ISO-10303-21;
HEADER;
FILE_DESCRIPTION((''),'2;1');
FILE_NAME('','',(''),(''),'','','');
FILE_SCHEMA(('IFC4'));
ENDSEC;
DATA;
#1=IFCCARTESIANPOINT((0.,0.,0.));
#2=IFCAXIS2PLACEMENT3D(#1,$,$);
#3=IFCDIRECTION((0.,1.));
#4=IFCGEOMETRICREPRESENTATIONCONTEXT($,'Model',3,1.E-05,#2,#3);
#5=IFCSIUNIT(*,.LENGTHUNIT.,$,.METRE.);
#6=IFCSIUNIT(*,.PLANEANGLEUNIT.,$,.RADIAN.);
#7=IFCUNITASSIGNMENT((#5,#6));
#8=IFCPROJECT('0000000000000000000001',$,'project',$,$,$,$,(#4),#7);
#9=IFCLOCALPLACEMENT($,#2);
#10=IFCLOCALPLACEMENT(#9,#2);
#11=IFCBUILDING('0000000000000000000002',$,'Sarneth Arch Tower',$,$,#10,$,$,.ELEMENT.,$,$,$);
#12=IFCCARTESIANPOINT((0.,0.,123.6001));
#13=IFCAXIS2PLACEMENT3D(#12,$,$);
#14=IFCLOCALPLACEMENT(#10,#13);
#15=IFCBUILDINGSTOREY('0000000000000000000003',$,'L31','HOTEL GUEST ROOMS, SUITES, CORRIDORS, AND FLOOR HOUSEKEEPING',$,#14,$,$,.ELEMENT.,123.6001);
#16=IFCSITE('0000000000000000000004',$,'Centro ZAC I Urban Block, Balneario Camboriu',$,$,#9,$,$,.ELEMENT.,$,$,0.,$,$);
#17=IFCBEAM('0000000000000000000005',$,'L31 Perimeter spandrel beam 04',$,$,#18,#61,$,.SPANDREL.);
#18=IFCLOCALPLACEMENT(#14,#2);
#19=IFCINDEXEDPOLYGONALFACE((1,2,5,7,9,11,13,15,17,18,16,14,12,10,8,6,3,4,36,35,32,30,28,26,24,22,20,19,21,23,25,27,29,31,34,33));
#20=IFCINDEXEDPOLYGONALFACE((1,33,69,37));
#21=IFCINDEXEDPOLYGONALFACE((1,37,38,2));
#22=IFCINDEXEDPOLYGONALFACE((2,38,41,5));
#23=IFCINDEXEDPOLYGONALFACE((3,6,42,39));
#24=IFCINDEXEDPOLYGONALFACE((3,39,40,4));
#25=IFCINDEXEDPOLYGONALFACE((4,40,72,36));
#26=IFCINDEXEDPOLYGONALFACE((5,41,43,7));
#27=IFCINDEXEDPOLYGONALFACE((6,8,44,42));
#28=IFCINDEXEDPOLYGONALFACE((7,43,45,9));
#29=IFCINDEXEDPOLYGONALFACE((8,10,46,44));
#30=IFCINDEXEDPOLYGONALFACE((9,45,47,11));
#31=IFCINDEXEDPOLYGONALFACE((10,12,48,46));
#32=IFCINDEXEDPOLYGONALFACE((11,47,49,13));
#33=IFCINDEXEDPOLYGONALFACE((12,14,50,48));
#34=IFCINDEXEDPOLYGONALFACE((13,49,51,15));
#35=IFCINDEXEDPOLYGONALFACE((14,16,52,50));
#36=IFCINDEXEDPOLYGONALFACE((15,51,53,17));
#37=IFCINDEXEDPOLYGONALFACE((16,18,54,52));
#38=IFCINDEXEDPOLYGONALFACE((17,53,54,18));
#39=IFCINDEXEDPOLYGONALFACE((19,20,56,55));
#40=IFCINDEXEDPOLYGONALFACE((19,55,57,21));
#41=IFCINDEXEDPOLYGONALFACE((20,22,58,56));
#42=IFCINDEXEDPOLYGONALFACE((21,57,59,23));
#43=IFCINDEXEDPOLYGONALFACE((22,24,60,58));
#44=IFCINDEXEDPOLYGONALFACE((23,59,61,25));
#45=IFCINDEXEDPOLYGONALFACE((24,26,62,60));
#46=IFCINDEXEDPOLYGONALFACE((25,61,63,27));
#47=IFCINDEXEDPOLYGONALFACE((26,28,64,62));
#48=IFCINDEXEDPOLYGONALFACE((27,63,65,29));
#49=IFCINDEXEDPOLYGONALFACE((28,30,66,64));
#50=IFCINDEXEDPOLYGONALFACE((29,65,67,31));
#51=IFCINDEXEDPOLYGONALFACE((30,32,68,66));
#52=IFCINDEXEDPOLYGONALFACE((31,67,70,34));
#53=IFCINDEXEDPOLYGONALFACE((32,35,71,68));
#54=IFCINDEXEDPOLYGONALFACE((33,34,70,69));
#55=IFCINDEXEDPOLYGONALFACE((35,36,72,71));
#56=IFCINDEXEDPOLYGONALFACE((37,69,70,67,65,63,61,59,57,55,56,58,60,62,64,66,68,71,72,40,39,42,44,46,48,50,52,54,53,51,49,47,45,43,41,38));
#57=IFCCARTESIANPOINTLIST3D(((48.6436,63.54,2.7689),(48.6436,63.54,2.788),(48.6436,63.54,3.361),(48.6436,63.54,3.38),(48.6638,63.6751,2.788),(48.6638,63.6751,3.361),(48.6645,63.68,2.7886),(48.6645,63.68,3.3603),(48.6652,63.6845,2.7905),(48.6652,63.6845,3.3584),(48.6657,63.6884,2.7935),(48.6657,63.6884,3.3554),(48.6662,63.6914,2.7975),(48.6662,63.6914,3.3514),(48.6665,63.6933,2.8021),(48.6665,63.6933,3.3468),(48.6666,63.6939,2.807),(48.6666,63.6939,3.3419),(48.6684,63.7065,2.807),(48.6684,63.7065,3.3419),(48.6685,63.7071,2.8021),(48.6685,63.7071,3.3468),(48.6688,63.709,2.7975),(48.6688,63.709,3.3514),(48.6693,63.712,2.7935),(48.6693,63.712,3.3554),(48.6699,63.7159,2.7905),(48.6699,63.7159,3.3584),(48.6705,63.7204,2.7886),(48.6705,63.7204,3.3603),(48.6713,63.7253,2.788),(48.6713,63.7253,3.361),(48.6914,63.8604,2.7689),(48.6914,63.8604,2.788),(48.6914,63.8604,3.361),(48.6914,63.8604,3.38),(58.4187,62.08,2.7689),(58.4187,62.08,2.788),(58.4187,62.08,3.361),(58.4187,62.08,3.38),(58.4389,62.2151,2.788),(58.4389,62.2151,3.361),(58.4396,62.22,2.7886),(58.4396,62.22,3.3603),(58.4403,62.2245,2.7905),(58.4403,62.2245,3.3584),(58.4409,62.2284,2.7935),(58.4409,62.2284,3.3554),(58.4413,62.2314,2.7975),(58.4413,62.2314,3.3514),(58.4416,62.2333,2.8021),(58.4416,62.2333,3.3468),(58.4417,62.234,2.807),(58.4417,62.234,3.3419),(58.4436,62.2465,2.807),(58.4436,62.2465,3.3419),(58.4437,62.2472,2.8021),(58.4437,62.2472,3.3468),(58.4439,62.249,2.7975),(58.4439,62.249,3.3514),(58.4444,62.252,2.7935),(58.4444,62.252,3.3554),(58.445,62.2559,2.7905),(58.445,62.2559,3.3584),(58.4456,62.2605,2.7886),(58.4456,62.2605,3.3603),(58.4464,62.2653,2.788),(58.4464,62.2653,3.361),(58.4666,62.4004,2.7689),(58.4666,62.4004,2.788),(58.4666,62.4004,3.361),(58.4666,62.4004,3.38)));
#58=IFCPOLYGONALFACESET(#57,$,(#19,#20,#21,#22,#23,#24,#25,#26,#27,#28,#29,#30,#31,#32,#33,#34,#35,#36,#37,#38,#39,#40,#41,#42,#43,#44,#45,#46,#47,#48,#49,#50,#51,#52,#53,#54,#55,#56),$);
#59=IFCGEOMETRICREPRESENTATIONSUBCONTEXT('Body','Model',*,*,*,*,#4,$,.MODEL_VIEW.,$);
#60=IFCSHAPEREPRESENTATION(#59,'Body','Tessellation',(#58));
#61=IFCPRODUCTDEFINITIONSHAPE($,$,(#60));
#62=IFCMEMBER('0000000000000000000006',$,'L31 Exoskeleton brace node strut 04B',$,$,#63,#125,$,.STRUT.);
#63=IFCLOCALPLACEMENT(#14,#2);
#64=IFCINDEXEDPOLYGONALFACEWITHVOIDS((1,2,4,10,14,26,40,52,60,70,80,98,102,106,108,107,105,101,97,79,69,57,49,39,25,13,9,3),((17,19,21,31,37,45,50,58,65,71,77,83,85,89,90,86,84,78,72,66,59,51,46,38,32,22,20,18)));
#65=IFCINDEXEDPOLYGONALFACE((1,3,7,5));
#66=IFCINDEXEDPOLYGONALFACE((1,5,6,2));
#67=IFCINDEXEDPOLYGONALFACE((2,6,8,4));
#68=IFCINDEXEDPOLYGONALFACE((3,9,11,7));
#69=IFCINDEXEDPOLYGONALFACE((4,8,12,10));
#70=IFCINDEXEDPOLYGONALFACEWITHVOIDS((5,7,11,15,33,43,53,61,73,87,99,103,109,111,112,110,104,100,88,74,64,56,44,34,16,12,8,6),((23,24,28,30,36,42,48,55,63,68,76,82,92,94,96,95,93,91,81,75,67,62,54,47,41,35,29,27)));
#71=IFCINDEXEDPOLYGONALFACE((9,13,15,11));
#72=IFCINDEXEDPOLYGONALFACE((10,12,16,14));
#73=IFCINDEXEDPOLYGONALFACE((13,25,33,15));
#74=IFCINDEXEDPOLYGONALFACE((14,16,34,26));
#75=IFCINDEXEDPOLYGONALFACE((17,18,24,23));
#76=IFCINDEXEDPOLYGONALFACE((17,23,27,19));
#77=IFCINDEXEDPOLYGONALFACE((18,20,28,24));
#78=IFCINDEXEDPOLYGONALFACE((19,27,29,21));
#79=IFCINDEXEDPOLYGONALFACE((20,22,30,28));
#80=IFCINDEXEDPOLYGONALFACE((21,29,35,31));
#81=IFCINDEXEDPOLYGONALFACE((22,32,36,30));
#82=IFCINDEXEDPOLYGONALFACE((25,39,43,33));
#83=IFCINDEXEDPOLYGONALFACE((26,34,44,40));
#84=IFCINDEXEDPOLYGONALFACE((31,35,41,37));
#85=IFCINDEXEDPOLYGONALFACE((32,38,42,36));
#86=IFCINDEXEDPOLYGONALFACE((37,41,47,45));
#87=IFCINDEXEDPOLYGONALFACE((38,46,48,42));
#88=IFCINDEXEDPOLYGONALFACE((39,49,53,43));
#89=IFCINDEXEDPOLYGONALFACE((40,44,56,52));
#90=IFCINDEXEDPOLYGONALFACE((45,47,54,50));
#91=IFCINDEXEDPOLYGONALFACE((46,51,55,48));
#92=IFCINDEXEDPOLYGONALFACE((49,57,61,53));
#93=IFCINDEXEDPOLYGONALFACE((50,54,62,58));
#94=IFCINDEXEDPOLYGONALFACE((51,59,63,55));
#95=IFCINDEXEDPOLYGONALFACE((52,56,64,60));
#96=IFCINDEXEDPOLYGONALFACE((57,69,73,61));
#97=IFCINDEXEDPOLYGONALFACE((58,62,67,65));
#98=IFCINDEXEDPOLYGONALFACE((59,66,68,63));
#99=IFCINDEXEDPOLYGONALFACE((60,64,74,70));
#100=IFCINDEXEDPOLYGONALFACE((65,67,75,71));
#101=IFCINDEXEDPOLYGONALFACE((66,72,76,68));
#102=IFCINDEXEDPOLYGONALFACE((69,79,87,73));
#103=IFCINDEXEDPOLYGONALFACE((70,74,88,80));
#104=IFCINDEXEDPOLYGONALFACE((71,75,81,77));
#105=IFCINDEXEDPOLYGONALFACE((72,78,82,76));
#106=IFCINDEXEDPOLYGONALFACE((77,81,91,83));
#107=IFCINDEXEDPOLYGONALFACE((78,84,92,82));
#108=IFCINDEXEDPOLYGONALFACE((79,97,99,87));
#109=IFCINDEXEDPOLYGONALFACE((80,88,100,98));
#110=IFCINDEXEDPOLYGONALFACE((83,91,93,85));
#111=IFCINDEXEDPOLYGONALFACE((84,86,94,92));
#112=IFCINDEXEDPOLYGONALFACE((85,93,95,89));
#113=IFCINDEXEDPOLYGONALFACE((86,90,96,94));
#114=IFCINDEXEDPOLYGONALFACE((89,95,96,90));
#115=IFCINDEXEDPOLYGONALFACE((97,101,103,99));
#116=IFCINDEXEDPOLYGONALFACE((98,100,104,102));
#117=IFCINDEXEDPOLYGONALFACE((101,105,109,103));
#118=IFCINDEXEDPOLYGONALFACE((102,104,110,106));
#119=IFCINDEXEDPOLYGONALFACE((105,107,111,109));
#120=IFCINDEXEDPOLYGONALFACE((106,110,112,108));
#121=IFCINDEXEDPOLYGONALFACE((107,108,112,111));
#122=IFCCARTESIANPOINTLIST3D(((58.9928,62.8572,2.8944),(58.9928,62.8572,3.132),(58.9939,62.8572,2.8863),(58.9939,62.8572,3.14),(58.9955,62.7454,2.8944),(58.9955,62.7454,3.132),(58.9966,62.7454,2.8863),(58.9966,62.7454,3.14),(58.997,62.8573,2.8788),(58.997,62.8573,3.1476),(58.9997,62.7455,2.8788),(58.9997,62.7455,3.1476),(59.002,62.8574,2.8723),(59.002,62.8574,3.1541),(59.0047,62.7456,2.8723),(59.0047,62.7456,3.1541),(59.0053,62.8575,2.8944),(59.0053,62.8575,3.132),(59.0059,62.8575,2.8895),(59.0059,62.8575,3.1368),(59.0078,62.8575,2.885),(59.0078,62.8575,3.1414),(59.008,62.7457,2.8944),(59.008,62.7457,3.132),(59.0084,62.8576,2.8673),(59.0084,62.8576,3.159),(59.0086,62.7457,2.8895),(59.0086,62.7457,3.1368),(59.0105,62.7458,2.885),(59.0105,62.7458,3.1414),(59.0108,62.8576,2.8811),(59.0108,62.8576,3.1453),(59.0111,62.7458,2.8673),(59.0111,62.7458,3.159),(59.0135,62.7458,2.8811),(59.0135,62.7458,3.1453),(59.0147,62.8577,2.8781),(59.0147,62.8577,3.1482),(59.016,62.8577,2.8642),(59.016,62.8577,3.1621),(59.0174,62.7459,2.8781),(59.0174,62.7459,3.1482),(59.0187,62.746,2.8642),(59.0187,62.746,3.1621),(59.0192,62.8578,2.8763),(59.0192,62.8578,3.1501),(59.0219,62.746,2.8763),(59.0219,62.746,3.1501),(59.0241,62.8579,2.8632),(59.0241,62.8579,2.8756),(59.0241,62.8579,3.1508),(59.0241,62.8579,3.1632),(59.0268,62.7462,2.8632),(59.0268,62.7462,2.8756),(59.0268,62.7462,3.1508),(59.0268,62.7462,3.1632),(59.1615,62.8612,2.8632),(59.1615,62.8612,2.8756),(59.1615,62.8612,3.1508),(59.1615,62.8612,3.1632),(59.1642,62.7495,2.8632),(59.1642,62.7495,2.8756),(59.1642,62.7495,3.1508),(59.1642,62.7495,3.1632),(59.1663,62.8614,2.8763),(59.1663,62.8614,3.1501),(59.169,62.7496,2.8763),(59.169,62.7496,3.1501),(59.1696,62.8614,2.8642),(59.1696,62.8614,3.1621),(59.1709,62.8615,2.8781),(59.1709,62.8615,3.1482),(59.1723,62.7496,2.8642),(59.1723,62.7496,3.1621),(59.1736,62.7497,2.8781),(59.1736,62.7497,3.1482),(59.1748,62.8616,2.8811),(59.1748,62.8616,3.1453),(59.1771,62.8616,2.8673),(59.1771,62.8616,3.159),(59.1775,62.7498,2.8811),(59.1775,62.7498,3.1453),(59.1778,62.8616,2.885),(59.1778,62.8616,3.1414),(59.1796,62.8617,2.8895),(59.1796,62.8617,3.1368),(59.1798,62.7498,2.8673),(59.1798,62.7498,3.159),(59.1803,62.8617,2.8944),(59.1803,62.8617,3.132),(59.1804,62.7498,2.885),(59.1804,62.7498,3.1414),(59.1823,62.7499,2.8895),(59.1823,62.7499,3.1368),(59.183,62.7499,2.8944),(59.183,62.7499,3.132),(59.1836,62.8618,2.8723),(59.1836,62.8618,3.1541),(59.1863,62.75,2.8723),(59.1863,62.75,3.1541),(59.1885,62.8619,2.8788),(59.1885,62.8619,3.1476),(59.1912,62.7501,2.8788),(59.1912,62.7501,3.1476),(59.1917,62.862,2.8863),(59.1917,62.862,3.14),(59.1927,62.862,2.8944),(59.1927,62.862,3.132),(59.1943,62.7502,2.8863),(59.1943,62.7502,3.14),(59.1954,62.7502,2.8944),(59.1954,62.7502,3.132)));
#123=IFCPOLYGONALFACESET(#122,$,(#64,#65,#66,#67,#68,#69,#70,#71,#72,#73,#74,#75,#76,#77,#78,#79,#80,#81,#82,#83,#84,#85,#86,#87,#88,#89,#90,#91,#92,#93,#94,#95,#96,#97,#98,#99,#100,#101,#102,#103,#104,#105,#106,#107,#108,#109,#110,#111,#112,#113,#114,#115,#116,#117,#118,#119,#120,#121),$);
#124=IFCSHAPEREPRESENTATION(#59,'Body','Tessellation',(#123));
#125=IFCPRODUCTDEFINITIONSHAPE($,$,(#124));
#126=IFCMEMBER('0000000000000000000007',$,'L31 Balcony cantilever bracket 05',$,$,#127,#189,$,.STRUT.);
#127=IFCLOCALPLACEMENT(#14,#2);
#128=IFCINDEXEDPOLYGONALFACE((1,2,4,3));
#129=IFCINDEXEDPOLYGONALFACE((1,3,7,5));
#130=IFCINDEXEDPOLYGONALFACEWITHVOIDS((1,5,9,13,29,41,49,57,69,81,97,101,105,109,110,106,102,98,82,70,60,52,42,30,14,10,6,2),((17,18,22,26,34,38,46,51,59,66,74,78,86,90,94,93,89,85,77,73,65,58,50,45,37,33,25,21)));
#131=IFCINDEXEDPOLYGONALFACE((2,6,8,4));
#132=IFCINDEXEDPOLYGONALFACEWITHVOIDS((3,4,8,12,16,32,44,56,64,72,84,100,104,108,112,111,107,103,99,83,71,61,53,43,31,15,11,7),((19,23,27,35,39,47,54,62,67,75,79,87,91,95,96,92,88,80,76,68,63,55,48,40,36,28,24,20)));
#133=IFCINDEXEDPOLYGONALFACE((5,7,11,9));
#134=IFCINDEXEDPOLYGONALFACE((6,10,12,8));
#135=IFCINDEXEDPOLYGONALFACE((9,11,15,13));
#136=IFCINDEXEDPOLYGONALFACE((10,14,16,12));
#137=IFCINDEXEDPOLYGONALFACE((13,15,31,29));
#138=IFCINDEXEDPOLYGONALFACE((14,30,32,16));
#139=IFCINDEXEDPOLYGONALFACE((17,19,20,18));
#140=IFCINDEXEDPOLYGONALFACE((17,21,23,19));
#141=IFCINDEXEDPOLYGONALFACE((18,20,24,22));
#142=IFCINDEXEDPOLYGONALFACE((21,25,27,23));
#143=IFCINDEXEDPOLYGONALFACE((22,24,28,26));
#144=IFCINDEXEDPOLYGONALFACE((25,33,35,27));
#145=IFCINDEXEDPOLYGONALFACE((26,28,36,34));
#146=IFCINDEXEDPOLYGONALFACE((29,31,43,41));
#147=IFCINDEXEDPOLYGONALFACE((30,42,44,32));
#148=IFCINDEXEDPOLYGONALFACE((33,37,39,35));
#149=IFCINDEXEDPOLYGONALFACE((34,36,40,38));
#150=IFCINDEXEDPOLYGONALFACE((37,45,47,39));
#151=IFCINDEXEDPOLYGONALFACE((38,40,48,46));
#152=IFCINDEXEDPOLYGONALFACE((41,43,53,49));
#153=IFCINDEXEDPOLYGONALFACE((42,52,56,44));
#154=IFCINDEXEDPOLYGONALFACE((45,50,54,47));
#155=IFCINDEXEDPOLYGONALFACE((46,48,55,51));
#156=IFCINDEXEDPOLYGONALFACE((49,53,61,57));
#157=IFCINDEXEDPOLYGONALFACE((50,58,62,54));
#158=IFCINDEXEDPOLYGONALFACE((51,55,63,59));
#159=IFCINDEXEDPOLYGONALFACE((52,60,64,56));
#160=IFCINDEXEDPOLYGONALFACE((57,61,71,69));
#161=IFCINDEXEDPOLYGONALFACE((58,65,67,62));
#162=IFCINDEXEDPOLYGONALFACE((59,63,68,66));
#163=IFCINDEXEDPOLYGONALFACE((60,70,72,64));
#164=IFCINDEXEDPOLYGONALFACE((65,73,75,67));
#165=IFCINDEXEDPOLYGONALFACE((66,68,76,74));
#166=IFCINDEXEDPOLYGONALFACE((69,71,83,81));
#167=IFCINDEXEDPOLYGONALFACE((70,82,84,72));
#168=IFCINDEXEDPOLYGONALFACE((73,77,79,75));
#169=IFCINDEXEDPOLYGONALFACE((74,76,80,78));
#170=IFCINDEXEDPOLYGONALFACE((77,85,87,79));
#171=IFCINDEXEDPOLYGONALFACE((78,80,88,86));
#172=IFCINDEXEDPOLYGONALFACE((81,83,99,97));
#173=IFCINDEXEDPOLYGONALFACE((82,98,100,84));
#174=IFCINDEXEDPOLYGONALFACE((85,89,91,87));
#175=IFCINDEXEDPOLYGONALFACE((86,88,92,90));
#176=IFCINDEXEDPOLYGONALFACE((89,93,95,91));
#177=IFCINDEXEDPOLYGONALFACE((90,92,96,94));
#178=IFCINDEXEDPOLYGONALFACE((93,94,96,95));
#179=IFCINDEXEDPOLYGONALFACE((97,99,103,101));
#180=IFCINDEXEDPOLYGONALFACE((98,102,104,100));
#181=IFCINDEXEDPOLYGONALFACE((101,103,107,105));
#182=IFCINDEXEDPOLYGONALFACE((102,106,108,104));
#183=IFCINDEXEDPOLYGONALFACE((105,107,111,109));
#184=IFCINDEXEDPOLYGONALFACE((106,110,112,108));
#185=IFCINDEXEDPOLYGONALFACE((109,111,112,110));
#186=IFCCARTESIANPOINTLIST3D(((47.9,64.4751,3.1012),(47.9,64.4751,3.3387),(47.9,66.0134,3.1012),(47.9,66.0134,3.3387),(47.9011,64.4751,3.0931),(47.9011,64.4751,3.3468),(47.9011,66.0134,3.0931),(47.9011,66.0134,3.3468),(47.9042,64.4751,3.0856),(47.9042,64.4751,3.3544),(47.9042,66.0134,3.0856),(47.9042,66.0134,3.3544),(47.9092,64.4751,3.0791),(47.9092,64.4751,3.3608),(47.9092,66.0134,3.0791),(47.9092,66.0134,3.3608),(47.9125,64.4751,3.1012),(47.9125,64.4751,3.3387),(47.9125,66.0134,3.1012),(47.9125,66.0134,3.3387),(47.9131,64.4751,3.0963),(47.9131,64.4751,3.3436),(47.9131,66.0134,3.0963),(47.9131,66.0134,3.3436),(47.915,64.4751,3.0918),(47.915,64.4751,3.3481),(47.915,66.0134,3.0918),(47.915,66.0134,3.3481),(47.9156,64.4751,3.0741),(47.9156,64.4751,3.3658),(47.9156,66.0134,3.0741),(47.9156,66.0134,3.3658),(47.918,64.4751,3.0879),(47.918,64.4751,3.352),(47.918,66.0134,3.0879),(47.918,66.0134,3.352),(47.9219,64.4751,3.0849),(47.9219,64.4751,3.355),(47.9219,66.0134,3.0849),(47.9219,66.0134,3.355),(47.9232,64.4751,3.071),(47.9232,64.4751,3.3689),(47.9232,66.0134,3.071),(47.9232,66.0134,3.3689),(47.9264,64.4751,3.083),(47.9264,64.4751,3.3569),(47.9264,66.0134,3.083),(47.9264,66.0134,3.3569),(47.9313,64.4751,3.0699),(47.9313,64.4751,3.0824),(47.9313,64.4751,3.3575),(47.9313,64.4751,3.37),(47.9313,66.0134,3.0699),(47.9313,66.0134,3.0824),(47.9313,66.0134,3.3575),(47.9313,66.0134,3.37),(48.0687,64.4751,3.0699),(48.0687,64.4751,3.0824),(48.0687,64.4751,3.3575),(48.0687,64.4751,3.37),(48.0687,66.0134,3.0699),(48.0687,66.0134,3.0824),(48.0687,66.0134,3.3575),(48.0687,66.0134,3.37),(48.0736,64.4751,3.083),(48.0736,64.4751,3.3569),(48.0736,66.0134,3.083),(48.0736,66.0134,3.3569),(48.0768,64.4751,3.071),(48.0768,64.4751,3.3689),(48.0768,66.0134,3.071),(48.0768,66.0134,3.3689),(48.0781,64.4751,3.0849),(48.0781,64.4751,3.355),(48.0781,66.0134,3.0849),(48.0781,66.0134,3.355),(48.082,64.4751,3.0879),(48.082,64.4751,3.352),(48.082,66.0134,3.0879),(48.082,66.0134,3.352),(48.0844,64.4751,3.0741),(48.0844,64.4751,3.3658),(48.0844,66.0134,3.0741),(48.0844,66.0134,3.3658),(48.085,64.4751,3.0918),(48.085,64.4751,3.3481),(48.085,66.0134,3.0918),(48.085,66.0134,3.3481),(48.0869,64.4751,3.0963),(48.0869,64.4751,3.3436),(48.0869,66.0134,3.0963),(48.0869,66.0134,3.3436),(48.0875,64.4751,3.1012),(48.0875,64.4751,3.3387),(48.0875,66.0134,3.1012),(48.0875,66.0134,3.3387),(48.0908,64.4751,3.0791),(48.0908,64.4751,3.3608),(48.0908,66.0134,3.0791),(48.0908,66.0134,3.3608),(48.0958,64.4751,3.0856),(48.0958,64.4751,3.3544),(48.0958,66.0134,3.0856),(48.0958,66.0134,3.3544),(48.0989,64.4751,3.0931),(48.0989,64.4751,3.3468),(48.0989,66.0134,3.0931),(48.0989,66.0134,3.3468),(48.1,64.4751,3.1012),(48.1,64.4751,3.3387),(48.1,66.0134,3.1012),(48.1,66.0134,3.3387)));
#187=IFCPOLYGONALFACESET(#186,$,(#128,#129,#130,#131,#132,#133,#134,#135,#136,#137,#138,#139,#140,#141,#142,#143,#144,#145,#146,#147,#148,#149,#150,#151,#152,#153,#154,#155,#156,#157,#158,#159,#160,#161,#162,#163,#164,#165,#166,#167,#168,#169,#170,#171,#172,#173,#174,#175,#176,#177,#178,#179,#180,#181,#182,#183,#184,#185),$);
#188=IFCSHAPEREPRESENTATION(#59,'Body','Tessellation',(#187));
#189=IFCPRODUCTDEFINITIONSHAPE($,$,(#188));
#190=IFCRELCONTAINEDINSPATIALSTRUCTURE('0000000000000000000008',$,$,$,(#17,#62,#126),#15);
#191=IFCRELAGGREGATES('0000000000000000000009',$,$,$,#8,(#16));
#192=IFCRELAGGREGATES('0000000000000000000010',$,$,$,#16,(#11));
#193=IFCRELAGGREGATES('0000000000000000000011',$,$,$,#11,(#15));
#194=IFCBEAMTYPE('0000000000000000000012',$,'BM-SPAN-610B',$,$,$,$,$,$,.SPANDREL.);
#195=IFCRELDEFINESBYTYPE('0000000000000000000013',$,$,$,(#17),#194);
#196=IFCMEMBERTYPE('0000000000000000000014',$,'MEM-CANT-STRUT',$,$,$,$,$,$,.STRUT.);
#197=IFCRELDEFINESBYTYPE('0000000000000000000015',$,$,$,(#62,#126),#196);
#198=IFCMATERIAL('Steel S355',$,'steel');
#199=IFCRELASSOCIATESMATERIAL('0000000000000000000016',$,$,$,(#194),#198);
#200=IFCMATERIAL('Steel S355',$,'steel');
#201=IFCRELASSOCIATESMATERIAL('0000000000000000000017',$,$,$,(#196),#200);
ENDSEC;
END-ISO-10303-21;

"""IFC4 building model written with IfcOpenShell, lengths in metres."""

from ifc_helpers import new_model, si_unit, direction, frame, origin, origin_2d, place, context, subcontext, project, spatial, hollow_rectangle, i_section, extrude, material, material_profile, profile_set, type_object, element, save


model = new_model("IFC4")

# Units and contexts
model_context = context("Model", 3, precision=1e-05, world=origin(), true_north=direction((0.0, 1.0)))
body_context = subcontext(model_context, "Body", "Model", "MODEL_VIEW")
ifc_project = project(units=[si_unit("LENGTHUNIT", "METRE"), si_unit("PLANEANGLEUNIT", "RADIAN")], contexts=[model_context])

# Site, building, storey
site_placement = place(None, origin())
site = spatial("IfcSite", under=ifc_project, at=site_placement, Name="Centro ZAC I Urban Block, Balneario Camboriu", CompositionType="ELEMENT", RefElevation=0.0)
building_placement = place(site_placement, origin())
building = spatial("IfcBuilding", under=site, at=building_placement, Name="Sarneth Arch Tower", CompositionType="ELEMENT")
storey_placement = place(building_placement, frame((0.0, 0.0, 123.6001)))
storey = spatial("IfcBuildingStorey", under=building, at=storey_placement, Name="L31", Description="HOTEL GUEST ROOMS, SUITES, CORRIDORS, AND FLOOR HOUSEKEEPING", CompositionType="ELEMENT", Elevation=123.6001)

# Beam
ifc_material_1 = material(Name="Steel S355", Category="steel")
ifc_material_profile_1 = material_profile(ifc_material_1, i_section(OverallWidth=0.324, OverallDepth=0.6111, WebThickness=0.0127, FlangeThickness=0.019, FilletRadius=0.019, at=origin_2d()), Name="W610x155")
ifc_profile_set_1 = profile_set([ifc_material_profile_1], Name="Steel S355")
beam_type_1 = type_object("IfcBeamType", Name="BM-SPAN-610B", PredefinedType="SPANDREL", material=ifc_profile_set_1)
beam_1_placement = place(storey_placement, frame((58.4426, 62.2402, 3.0745), z_axis=(-0.98903, 0.147716, 0.0), x_axis=(-0.147716, -0.98903, 0.0)))
element("IfcBeam", 1, at=beam_1_placement, inside=storey, type_object=beam_type_1, Name="L31 Perimeter spandrel beam 04", PredefinedType="SPANDREL", context=body_context, shape_type="SweptSolid", body=[
    extrude(i_section(OverallWidth=0.324, OverallDepth=0.6111, WebThickness=0.0127, FlangeThickness=0.019, FilletRadius=0.019, at=origin_2d()), origin(), (0.0, 0.0, 1.0), 9.8835),
])

# Members
ifc_material_2 = material(Name="Steel S355", Category="steel")
ifc_material_profile_2 = material_profile(ifc_material_2, hollow_rectangle(XDim=0.2, YDim=0.3, WallThickness=0.0125, InnerFilletRadius=0.0188, OuterFilletRadius=0.0312, at=origin_2d()), Name="RHS300x200x12.5")
ifc_profile_set_2 = profile_set([ifc_material_profile_2], Name="Steel S355")
member_type_1 = type_object("IfcMemberType", Name="MEM-CANT-STRUT", PredefinedType="STRUT", material=ifc_profile_set_2)
member_1_placement = place(storey_placement, frame((59.0955, 62.7478, 3.0132), z_axis=(-0.024011, 0.999712, 0.0), x_axis=(-0.999712, -0.024011, 0.0)))
element("IfcMember", 2, at=member_1_placement, inside=storey, type_object=member_type_1, Name="L31 Exoskeleton brace node strut 04B", PredefinedType="STRUT", context=body_context, shape_type="SweptSolid", body=[
    extrude(hollow_rectangle(XDim=0.2, YDim=0.3, WallThickness=0.0125, InnerFilletRadius=0.0188, OuterFilletRadius=0.0312, at=origin_2d()), origin(), (0.0, 0.0, 1.0), 0.1118),
])
member_2_placement = place(storey_placement, frame((48.0, 64.4751, 3.22), z_axis=(0.0, 1.0, 0.0), x_axis=(-1.0, 0.0, 0.0)))
element("IfcMember", 3, at=member_2_placement, inside=storey, type_object=member_type_1, Name="L31 Balcony cantilever bracket 05", PredefinedType="STRUT", context=body_context, shape_type="SweptSolid", body=[
    extrude(hollow_rectangle(XDim=0.2, YDim=0.3, WallThickness=0.0125, InnerFilletRadius=0.0188, OuterFilletRadius=0.0312, at=origin_2d()), origin(), (0.0, 0.0, 1.0), 1.5383),
])

save(model, "model.ifc")
